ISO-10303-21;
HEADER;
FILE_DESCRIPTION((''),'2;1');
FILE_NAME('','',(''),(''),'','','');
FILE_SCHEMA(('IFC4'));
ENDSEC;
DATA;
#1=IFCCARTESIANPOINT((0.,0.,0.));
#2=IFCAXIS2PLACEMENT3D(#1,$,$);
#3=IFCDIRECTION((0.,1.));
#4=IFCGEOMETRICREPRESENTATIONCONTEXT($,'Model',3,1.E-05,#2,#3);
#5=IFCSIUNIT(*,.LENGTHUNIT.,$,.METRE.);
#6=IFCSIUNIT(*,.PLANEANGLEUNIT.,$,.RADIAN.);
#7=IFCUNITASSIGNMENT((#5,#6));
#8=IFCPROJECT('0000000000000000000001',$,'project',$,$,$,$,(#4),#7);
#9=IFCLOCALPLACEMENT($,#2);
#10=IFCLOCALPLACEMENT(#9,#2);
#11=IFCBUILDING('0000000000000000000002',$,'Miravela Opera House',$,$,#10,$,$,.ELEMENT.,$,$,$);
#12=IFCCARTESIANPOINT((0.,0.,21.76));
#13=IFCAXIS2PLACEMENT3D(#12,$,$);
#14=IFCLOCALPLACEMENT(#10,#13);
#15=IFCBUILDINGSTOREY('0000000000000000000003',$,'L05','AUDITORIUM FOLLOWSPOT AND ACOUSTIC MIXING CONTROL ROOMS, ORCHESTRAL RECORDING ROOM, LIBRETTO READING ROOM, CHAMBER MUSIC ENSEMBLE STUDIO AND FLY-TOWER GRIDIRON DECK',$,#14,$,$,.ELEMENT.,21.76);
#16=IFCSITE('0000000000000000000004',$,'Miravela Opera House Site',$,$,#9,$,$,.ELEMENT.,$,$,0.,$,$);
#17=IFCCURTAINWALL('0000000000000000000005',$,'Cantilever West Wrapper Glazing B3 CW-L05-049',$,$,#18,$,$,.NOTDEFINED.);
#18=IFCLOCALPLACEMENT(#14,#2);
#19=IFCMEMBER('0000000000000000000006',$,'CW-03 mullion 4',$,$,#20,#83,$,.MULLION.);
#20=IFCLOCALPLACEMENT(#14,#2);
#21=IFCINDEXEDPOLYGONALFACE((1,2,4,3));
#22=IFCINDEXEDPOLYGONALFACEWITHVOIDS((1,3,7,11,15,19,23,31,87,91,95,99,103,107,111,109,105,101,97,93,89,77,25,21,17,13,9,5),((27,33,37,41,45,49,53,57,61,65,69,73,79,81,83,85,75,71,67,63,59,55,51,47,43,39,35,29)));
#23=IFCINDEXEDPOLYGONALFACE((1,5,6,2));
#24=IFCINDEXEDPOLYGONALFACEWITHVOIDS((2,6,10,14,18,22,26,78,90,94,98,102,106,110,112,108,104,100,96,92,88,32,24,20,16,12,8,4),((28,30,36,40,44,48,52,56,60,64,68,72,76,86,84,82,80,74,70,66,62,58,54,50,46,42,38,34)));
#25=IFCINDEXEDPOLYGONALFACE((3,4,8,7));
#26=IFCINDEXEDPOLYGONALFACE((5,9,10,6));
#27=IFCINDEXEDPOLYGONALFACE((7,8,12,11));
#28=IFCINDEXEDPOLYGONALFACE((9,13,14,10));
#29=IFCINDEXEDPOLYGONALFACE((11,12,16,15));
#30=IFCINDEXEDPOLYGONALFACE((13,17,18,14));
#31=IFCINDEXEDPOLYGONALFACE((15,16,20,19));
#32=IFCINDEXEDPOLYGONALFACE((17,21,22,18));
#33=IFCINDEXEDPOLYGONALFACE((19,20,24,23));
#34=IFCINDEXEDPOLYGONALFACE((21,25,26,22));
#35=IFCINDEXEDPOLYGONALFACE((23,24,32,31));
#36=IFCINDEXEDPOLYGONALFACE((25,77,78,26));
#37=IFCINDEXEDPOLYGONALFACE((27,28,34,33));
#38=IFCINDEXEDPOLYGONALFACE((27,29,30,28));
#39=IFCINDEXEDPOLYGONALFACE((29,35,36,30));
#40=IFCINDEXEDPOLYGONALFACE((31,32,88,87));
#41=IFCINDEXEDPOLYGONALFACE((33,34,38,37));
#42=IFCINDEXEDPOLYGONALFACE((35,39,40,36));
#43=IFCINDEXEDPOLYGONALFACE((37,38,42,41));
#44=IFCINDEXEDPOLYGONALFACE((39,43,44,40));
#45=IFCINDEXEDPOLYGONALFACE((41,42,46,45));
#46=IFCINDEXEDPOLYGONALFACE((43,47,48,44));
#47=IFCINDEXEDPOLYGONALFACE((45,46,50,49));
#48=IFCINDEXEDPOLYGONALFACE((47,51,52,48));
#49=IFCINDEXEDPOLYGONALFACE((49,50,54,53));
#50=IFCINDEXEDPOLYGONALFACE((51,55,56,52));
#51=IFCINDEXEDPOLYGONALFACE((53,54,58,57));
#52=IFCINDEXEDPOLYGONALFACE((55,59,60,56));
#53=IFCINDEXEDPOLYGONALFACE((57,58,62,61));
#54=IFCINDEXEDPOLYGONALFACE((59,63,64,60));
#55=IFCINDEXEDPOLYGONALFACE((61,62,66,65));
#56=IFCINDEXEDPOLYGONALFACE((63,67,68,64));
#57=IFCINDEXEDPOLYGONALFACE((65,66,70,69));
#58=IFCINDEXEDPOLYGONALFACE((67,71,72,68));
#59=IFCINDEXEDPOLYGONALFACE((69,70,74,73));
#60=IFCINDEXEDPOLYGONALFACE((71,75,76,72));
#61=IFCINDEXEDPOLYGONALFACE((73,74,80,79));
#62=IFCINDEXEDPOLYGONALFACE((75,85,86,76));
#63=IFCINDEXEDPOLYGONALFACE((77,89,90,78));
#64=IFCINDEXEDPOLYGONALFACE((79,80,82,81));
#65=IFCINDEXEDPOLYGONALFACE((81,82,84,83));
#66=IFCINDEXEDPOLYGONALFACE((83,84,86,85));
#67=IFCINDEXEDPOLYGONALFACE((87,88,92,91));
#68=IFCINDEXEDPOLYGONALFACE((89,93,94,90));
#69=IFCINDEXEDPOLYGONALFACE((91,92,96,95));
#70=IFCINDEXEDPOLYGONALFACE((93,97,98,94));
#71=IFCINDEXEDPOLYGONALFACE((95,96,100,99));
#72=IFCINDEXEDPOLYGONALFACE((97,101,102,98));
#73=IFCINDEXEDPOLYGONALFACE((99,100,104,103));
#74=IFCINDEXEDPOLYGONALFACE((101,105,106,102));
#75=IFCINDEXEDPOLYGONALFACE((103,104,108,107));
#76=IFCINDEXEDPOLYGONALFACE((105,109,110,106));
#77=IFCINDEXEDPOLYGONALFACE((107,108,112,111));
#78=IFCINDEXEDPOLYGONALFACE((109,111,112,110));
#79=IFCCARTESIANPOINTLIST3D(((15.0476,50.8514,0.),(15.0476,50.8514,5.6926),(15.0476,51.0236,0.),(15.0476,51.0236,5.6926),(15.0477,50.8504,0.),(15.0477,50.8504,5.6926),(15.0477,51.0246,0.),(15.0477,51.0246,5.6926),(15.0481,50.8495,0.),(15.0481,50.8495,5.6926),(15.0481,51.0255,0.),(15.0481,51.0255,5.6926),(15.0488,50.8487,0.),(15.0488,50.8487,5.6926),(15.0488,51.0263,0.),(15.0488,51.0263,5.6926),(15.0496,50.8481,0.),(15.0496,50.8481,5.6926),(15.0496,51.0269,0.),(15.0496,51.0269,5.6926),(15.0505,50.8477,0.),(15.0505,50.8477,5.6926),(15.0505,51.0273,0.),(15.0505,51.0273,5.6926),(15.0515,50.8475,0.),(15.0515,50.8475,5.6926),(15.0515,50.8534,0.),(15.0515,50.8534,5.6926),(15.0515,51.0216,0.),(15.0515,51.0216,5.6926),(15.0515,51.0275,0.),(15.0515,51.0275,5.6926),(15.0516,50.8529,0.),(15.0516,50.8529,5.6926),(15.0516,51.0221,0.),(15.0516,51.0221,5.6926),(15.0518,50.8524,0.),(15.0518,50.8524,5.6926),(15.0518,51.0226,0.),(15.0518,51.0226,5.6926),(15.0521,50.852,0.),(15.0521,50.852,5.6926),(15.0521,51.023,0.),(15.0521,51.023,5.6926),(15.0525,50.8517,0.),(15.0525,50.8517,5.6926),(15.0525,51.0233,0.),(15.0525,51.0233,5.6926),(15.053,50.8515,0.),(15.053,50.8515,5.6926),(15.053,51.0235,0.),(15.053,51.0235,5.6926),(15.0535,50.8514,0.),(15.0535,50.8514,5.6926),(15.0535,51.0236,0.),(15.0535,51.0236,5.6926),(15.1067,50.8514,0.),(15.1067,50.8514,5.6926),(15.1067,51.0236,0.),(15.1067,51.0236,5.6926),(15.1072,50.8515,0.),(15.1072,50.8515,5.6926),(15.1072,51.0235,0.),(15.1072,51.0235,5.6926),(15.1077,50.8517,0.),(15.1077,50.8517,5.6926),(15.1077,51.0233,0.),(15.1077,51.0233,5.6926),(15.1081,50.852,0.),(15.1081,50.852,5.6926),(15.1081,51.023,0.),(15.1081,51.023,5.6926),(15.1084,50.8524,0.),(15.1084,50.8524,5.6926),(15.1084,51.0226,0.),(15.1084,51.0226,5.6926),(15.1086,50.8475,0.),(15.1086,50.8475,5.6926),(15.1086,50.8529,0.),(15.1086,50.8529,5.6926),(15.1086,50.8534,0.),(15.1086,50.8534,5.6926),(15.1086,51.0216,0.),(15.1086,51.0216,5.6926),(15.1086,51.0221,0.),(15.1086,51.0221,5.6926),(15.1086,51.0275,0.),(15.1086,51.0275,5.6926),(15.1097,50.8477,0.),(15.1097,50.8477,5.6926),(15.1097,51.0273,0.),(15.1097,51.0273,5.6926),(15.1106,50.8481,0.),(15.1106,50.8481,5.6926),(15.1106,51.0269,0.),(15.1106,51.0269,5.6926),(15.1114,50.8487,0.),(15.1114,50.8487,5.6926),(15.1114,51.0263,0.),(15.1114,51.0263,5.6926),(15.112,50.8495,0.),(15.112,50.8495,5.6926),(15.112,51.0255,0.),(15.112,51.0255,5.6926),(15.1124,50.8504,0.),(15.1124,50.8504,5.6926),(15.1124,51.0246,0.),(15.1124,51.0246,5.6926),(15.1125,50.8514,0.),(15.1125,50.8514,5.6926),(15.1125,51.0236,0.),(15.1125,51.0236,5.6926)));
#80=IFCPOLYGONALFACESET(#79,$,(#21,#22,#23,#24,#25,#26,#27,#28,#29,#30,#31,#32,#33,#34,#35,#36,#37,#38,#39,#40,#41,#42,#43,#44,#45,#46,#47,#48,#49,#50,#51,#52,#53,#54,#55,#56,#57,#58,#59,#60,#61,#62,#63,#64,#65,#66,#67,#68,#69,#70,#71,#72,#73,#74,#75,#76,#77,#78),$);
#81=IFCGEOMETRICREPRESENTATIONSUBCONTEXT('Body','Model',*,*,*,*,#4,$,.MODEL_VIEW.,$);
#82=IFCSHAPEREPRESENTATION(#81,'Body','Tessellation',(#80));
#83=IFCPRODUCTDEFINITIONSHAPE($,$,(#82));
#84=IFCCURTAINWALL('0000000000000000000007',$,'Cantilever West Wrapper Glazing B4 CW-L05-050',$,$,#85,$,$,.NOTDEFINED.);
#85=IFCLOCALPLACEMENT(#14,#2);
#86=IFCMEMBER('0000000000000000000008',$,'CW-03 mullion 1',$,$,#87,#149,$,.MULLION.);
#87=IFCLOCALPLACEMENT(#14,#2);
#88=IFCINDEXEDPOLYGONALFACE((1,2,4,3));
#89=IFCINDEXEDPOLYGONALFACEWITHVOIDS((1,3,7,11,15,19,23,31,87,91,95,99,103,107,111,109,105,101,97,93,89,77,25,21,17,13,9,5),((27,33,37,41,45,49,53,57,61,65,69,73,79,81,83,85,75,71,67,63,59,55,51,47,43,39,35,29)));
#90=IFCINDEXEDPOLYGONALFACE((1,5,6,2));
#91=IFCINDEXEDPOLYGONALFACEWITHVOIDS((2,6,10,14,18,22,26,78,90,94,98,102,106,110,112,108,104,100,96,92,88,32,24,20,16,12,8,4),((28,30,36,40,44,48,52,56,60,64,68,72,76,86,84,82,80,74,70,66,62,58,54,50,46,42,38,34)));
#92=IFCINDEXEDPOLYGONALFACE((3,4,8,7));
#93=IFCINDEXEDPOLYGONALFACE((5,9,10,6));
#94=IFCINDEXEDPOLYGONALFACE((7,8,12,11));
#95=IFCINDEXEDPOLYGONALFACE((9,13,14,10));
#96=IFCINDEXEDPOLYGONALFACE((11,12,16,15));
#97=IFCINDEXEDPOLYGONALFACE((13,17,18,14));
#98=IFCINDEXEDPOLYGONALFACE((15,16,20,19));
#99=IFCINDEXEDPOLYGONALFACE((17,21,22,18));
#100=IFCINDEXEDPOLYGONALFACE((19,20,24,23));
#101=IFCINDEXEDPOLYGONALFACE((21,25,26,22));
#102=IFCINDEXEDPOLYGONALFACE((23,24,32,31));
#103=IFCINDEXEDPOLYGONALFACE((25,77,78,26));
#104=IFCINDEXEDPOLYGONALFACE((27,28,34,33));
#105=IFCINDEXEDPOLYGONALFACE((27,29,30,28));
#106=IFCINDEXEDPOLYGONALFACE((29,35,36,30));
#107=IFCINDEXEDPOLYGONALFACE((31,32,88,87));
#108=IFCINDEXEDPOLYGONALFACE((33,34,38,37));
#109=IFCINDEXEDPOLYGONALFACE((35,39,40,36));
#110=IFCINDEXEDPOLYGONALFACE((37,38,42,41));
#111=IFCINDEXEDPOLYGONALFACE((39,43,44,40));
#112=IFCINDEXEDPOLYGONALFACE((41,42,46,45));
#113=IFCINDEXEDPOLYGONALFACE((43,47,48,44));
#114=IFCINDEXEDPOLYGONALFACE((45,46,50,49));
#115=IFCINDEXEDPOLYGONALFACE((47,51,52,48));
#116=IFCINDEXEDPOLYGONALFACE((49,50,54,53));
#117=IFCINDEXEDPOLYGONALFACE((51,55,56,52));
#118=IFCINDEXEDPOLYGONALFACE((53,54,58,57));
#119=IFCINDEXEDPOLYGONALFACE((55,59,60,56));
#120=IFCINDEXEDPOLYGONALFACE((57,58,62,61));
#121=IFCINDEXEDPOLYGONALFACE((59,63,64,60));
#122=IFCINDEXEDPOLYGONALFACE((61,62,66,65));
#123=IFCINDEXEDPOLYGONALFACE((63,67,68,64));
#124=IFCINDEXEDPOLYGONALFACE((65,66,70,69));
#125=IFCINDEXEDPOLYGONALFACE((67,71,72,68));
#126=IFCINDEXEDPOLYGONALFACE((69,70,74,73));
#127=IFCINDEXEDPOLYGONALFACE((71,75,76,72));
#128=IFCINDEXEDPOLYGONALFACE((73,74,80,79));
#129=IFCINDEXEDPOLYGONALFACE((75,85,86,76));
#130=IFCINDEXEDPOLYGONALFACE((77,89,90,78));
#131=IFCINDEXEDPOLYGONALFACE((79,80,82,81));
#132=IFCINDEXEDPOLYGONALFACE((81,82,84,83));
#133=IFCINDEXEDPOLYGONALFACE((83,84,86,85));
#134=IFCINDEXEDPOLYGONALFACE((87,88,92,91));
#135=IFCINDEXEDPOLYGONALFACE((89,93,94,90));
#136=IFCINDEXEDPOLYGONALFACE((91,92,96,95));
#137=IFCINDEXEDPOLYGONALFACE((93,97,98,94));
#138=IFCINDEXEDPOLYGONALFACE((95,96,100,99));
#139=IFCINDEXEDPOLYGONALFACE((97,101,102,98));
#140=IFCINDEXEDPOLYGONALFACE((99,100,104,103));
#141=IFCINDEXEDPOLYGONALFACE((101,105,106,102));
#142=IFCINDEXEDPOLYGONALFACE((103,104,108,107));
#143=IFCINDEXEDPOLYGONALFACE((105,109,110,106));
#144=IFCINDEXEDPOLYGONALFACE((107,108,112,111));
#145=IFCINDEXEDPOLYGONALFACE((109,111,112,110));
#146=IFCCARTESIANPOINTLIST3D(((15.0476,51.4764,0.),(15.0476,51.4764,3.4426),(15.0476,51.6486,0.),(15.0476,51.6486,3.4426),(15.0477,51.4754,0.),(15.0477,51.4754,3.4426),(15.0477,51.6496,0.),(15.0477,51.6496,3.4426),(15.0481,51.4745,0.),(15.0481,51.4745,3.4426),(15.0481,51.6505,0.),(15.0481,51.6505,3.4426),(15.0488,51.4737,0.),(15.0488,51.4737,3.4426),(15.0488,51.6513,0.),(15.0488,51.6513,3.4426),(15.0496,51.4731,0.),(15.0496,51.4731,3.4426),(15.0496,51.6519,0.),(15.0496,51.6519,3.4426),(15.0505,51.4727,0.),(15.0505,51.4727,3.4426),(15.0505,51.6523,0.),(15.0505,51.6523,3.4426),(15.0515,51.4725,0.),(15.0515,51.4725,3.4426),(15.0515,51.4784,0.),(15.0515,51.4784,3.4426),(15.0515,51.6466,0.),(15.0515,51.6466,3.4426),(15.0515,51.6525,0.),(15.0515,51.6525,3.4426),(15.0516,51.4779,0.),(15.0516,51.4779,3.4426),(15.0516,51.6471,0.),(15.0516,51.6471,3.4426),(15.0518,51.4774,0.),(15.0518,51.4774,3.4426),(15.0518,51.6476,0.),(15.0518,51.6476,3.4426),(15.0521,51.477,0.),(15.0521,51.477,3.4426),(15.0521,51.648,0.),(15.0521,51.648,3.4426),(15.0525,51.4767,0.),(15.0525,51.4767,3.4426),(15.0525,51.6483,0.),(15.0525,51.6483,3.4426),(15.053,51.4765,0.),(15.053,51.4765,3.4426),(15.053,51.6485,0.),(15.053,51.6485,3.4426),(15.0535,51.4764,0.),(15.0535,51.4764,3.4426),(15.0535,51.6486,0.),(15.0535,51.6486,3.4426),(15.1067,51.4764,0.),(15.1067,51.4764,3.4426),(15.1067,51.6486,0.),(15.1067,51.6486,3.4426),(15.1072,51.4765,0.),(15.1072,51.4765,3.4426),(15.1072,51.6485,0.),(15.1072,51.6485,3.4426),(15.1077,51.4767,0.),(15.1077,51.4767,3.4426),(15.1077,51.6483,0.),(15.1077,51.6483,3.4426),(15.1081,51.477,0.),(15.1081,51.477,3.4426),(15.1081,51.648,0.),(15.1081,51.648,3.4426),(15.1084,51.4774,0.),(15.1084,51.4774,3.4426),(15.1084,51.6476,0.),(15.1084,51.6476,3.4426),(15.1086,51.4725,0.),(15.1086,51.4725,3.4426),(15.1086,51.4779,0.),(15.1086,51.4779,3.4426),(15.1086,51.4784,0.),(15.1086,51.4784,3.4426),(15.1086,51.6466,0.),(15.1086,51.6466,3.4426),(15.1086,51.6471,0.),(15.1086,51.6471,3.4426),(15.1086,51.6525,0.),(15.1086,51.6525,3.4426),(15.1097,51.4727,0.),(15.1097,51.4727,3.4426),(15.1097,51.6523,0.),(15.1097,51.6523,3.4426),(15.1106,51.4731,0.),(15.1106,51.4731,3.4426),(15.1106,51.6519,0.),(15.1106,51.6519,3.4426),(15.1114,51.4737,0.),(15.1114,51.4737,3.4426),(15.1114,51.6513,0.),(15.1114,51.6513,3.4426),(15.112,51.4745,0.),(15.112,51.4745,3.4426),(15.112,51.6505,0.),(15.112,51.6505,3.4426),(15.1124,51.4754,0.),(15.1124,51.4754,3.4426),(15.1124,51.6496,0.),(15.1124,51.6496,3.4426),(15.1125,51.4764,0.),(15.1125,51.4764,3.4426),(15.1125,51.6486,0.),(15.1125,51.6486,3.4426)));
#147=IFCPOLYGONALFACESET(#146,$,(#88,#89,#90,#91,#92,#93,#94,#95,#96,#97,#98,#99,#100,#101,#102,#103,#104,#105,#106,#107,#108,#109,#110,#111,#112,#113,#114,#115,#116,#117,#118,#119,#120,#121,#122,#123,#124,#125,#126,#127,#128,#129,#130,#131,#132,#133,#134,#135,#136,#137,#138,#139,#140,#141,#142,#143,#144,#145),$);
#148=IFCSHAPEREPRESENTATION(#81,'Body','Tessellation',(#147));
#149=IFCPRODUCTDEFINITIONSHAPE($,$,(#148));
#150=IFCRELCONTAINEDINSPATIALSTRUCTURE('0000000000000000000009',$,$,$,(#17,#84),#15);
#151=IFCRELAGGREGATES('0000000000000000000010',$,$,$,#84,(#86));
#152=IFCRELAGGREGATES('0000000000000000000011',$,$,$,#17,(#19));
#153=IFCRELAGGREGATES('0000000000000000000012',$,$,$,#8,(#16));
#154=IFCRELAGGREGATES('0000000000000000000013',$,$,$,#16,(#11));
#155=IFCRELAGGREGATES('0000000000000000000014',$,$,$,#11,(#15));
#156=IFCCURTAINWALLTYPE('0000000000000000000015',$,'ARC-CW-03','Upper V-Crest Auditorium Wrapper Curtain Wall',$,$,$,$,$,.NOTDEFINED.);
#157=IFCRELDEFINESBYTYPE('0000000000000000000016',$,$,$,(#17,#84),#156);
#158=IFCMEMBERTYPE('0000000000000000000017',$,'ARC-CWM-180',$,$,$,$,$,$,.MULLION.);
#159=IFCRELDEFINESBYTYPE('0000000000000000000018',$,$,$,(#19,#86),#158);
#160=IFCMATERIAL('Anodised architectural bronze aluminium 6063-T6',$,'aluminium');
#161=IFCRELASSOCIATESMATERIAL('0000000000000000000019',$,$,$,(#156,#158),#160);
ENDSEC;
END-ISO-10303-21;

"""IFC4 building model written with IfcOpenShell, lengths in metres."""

from ifc_helpers import new_model, si_unit, direction, frame, origin, origin_2d, place, context, subcontext, project, spatial, hollow_rectangle, extrude, material, material_profile, profile_set, type_object, element, aggregate, save


model = new_model("IFC4")

# Units and contexts
model_context = context("Model", 3, precision=1e-05, world=origin(), true_north=direction((0.0, 1.0)))
body_context = subcontext(model_context, "Body", "Model", "MODEL_VIEW")
ifc_project = project(units=[si_unit("LENGTHUNIT", "METRE"), si_unit("PLANEANGLEUNIT", "RADIAN")], contexts=[model_context])

# Site, building, storey
site_placement = place(None, origin())
site = spatial("IfcSite", under=ifc_project, at=site_placement, Name="Miravela Opera House Site", CompositionType="ELEMENT", RefElevation=0.0)
building_placement = place(site_placement, origin())
building = spatial("IfcBuilding", under=site, at=building_placement, Name="Miravela Opera House", CompositionType="ELEMENT")
storey_placement = place(building_placement, frame((0.0, 0.0, 21.76)))
storey = spatial("IfcBuildingStorey", under=building, at=storey_placement, Name="L05", Description="AUDITORIUM FOLLOWSPOT AND ACOUSTIC MIXING CONTROL ROOMS, ORCHESTRAL RECORDING ROOM, LIBRETTO READING ROOM, CHAMBER MUSIC ENSEMBLE STUDIO AND FLY-TOWER GRIDIRON DECK", CompositionType="ELEMENT", Elevation=21.76)

# Curtain walls, members
ifc_material_1 = material(Name="Anodised architectural bronze aluminium 6063-T6", Category="aluminium")
curtain_wall_type = type_object("IfcCurtainWallType", Name="ARC-CW-03", Description="Upper V-Crest Auditorium Wrapper Curtain Wall", PredefinedType="NOTDEFINED", material=ifc_material_1)
curtain_wall_1_placement = place(storey_placement, origin())
curtain_wall_1 = element("IfcCurtainWall", 1, at=curtain_wall_1_placement, inside=storey, type_object=curtain_wall_type, Name="Cantilever West Wrapper Glazing B3 CW-L05-049", PredefinedType="NOTDEFINED")
ifc_material_profile_1 = material_profile(ifc_material_1, hollow_rectangle(XDim=0.0649, YDim=0.1799, WallThickness=0.0039, InnerFilletRadius=0.002, OuterFilletRadius=0.0039, at=origin_2d()), Name="CWM-65X180")
ifc_profile_set_1 = profile_set([ifc_material_profile_1])
member_type_1 = type_object("IfcMemberType", Name="ARC-CWM-180", PredefinedType="MULLION", material=ifc_profile_set_1)
member_1_placement = place(storey_placement, frame((15.0801, 50.9375, 0.0), z_axis=(0.0, 0.0, 1.0), x_axis=(-1.0, 0.0, 0.0)))
member_1 = element("IfcMember", 2, at=member_1_placement, type_object=member_type_1, Name="CW-03 mullion 4", PredefinedType="MULLION", context=body_context, shape_type="SweptSolid", body=[
    extrude(hollow_rectangle(XDim=0.0649, YDim=0.1799, WallThickness=0.0039, InnerFilletRadius=0.002, OuterFilletRadius=0.0039, at=origin_2d()), origin(), (0.0, 0.0, 1.0), 5.6926),
])
curtain_wall_2_placement = place(storey_placement, origin())
curtain_wall_2 = element("IfcCurtainWall", 3, at=curtain_wall_2_placement, inside=storey, type_object=curtain_wall_type, Name="Cantilever West Wrapper Glazing B4 CW-L05-050", PredefinedType="NOTDEFINED")
member_2_placement = place(storey_placement, frame((15.0801, 51.5625, 0.0), z_axis=(0.0, 0.0, 1.0), x_axis=(-1.0, 0.0, 0.0)))
member_2 = element("IfcMember", 4, at=member_2_placement, type_object=member_type_1, Name="CW-03 mullion 1", PredefinedType="MULLION", context=body_context, shape_type="SweptSolid", body=[
    extrude(hollow_rectangle(XDim=0.0649, YDim=0.1799, WallThickness=0.0039, InnerFilletRadius=0.002, OuterFilletRadius=0.0039, at=origin_2d()), origin(), (0.0, 0.0, 1.0), 3.4426),
])

aggregate(curtain_wall_2, [member_2])

aggregate(curtain_wall_1, [member_1])

save(model, "model.ifc")
